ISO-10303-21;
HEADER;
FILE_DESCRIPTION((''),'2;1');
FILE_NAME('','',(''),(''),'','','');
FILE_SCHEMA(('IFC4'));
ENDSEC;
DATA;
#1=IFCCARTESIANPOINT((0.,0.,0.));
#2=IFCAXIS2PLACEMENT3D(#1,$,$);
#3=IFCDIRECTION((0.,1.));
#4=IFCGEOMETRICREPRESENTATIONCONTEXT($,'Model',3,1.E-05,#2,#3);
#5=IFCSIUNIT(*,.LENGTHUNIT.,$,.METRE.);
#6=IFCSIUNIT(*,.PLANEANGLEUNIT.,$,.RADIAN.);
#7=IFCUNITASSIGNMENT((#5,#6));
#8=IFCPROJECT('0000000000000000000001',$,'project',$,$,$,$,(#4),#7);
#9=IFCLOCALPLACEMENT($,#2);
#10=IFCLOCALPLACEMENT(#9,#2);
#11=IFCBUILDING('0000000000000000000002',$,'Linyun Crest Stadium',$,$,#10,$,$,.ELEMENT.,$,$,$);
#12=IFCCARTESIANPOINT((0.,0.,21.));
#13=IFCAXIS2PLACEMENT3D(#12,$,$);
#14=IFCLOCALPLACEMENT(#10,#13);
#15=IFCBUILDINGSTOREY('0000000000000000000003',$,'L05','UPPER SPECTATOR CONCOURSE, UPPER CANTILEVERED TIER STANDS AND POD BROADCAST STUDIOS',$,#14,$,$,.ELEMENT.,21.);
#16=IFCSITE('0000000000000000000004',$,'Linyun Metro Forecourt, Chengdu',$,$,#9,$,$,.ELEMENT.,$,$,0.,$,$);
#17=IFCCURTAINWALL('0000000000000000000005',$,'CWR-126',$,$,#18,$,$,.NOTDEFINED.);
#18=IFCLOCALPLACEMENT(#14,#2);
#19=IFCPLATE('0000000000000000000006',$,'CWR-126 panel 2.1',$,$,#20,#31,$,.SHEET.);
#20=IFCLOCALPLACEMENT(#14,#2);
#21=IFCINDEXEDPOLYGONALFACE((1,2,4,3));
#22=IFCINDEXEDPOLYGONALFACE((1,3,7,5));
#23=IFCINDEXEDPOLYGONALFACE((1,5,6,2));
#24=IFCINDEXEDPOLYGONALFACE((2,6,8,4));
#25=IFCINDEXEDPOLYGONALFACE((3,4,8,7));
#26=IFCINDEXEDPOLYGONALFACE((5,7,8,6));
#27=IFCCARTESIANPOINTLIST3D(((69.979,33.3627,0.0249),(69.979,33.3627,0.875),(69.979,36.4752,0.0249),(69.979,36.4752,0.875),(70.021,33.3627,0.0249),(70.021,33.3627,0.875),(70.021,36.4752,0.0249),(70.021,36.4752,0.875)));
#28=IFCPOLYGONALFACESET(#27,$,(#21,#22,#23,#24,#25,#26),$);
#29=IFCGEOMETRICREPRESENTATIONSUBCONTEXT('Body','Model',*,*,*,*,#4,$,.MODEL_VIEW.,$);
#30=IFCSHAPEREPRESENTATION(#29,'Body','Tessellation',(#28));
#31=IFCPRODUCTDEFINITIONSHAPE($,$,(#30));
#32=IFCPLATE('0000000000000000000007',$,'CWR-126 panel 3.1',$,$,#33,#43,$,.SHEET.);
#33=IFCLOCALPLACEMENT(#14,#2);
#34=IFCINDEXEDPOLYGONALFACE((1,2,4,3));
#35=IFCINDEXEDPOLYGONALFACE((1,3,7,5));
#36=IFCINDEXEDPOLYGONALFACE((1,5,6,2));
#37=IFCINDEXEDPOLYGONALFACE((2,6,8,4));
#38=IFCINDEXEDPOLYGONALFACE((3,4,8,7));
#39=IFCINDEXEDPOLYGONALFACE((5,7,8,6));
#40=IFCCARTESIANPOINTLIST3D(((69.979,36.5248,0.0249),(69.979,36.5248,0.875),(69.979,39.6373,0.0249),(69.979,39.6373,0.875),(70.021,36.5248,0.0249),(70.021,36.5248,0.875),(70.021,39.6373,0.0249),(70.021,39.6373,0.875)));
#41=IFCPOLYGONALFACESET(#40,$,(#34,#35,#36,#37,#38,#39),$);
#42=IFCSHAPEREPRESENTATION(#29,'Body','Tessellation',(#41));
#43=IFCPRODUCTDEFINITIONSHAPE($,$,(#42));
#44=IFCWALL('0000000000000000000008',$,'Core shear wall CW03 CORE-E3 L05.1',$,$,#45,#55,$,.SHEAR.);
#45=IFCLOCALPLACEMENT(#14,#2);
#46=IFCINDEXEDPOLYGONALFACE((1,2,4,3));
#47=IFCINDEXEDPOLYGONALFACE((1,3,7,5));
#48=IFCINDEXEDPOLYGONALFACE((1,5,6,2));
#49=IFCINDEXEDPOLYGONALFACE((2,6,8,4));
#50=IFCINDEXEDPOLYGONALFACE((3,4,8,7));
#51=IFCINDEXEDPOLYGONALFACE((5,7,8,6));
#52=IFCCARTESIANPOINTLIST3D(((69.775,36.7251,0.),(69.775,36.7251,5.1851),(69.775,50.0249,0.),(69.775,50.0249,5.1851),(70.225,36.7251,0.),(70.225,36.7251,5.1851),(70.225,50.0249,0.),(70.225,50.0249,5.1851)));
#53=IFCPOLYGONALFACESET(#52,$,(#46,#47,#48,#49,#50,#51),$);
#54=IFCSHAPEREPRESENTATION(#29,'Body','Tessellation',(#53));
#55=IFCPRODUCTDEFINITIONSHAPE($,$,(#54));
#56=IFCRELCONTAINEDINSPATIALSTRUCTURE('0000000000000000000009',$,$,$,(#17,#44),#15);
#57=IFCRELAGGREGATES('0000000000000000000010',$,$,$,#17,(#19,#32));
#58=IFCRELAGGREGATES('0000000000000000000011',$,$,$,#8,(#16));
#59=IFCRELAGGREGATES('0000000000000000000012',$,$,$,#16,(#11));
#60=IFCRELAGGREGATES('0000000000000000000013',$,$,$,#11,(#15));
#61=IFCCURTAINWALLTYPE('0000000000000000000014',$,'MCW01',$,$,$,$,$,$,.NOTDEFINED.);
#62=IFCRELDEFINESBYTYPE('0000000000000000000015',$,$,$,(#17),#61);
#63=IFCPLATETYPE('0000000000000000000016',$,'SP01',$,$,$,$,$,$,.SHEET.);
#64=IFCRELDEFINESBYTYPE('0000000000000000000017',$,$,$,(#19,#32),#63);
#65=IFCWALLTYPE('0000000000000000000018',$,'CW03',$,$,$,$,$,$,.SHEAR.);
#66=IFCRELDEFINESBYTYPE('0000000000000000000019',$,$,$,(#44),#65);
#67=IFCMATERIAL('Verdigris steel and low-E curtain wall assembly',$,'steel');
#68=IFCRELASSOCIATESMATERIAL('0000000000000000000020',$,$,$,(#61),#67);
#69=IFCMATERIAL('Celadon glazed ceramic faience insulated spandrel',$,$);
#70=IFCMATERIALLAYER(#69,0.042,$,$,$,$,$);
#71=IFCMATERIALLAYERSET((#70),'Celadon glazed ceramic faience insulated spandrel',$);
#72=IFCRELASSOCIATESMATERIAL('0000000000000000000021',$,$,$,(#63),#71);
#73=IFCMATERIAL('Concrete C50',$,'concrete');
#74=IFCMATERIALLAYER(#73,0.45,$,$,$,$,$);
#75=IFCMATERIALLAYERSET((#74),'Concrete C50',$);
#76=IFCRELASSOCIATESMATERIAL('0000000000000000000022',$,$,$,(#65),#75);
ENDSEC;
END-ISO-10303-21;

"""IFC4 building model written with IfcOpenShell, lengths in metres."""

from ifc_helpers import new_model, si_unit, direction, frame, frame_2d, origin, origin_2d, place, context, subcontext, project, spatial, rectangle, extrude, material, layer, layer_set, type_object, element, aggregate, save


model = new_model("IFC4")

# Units and contexts
model_context = context("Model", 3, precision=1e-05, world=origin(), true_north=direction((0.0, 1.0)))
body_context = subcontext(model_context, "Body", "Model", "MODEL_VIEW")
ifc_project = project(units=[si_unit("LENGTHUNIT", "METRE"), si_unit("PLANEANGLEUNIT", "RADIAN")], contexts=[model_context])

# Site, building, storey
site_placement = place(None, origin())
site = spatial("IfcSite", under=ifc_project, at=site_placement, Name="Linyun Metro Forecourt, Chengdu", CompositionType="ELEMENT", RefElevation=0.0)
building_placement = place(site_placement, origin())
building = spatial("IfcBuilding", under=site, at=building_placement, Name="Linyun Crest Stadium", CompositionType="ELEMENT")
storey_placement = place(building_placement, frame((0.0, 0.0, 21.0)))
storey = spatial("IfcBuildingStorey", under=building, at=storey_placement, Name="L05", Description="UPPER SPECTATOR CONCOURSE, UPPER CANTILEVERED TIER STANDS AND POD BROADCAST STUDIOS", CompositionType="ELEMENT", Elevation=21.0)

# Curtain wall
ifc_material_1 = material(Name="Verdigris steel and low-E curtain wall assembly", Category="steel")
curtain_wall_type = type_object("IfcCurtainWallType", Name="MCW01", PredefinedType="NOTDEFINED", material=ifc_material_1)
curtain_wall_1_placement = place(storey_placement, origin())
curtain_wall_1 = element("IfcCurtainWall", 1, at=curtain_wall_1_placement, inside=storey, type_object=curtain_wall_type, Name="CWR-126", PredefinedType="NOTDEFINED")

# Plates
ifc_material_2 = material(Name="Celadon glazed ceramic faience insulated spandrel")
ifc_layer_1 = layer(ifc_material_2, 0.042)
ifc_layer_set_1 = layer_set([ifc_layer_1], Name="Celadon glazed ceramic faience insulated spandrel")
plate_type_1 = type_object("IfcPlateType", Name="SP01", PredefinedType="SHEET", material=ifc_layer_set_1)
plate_1_placement = place(storey_placement, frame((70.0, 34.9189, 0.0249), z_axis=(0.0, 0.0, 1.0), x_axis=(0.0, 1.0, 0.0)))
plate_1 = element("IfcPlate", 2, at=plate_1_placement, type_object=plate_type_1, Name="CWR-126 panel 2.1", PredefinedType="SHEET", context=body_context, shape_type="SweptSolid", body=[
    extrude(rectangle(XDim=3.1125, YDim=0.042, at=origin_2d()), origin(), (0.0, 0.0, 1.0), 0.8501),
])
plate_2_placement = place(storey_placement, frame((70.0, 38.0811, 0.0249), z_axis=(0.0, 0.0, 1.0), x_axis=(0.0, 1.0, 0.0)))
plate_2 = element("IfcPlate", 3, at=plate_2_placement, type_object=plate_type_1, Name="CWR-126 panel 3.1", PredefinedType="SHEET", context=body_context, shape_type="SweptSolid", body=[
    extrude(rectangle(XDim=3.1125, YDim=0.042, at=origin_2d()), origin(), (0.0, 0.0, 1.0), 0.8501),
])
aggregate(curtain_wall_1, [plate_1, plate_2])

# Wall
ifc_material_3 = material(Name="Concrete C50", Category="concrete")
ifc_layer_2 = layer(ifc_material_3, 0.45)
ifc_layer_set_2 = layer_set([ifc_layer_2], Name="Concrete C50")
wall_type = type_object("IfcWallType", Name="CW03", PredefinedType="SHEAR", material=ifc_layer_set_2)
wall_placement = place(storey_placement, frame((70.0, 36.7251, 0.0), z_axis=(0.0, 0.0, 1.0), x_axis=(0.0, 1.0, 0.0)))
element("IfcWall", 4, at=wall_placement, inside=storey, type_object=wall_type, Name="Core shear wall CW03 CORE-E3 L05.1", PredefinedType="SHEAR", context=body_context, shape_type="SweptSolid", body=[
    extrude(rectangle(XDim=13.2998, YDim=0.45, at=frame_2d((6.6499, 0.0))), origin(), (0.0, 0.0, 1.0), 5.1851),
])

save(model, "model.ifc")
